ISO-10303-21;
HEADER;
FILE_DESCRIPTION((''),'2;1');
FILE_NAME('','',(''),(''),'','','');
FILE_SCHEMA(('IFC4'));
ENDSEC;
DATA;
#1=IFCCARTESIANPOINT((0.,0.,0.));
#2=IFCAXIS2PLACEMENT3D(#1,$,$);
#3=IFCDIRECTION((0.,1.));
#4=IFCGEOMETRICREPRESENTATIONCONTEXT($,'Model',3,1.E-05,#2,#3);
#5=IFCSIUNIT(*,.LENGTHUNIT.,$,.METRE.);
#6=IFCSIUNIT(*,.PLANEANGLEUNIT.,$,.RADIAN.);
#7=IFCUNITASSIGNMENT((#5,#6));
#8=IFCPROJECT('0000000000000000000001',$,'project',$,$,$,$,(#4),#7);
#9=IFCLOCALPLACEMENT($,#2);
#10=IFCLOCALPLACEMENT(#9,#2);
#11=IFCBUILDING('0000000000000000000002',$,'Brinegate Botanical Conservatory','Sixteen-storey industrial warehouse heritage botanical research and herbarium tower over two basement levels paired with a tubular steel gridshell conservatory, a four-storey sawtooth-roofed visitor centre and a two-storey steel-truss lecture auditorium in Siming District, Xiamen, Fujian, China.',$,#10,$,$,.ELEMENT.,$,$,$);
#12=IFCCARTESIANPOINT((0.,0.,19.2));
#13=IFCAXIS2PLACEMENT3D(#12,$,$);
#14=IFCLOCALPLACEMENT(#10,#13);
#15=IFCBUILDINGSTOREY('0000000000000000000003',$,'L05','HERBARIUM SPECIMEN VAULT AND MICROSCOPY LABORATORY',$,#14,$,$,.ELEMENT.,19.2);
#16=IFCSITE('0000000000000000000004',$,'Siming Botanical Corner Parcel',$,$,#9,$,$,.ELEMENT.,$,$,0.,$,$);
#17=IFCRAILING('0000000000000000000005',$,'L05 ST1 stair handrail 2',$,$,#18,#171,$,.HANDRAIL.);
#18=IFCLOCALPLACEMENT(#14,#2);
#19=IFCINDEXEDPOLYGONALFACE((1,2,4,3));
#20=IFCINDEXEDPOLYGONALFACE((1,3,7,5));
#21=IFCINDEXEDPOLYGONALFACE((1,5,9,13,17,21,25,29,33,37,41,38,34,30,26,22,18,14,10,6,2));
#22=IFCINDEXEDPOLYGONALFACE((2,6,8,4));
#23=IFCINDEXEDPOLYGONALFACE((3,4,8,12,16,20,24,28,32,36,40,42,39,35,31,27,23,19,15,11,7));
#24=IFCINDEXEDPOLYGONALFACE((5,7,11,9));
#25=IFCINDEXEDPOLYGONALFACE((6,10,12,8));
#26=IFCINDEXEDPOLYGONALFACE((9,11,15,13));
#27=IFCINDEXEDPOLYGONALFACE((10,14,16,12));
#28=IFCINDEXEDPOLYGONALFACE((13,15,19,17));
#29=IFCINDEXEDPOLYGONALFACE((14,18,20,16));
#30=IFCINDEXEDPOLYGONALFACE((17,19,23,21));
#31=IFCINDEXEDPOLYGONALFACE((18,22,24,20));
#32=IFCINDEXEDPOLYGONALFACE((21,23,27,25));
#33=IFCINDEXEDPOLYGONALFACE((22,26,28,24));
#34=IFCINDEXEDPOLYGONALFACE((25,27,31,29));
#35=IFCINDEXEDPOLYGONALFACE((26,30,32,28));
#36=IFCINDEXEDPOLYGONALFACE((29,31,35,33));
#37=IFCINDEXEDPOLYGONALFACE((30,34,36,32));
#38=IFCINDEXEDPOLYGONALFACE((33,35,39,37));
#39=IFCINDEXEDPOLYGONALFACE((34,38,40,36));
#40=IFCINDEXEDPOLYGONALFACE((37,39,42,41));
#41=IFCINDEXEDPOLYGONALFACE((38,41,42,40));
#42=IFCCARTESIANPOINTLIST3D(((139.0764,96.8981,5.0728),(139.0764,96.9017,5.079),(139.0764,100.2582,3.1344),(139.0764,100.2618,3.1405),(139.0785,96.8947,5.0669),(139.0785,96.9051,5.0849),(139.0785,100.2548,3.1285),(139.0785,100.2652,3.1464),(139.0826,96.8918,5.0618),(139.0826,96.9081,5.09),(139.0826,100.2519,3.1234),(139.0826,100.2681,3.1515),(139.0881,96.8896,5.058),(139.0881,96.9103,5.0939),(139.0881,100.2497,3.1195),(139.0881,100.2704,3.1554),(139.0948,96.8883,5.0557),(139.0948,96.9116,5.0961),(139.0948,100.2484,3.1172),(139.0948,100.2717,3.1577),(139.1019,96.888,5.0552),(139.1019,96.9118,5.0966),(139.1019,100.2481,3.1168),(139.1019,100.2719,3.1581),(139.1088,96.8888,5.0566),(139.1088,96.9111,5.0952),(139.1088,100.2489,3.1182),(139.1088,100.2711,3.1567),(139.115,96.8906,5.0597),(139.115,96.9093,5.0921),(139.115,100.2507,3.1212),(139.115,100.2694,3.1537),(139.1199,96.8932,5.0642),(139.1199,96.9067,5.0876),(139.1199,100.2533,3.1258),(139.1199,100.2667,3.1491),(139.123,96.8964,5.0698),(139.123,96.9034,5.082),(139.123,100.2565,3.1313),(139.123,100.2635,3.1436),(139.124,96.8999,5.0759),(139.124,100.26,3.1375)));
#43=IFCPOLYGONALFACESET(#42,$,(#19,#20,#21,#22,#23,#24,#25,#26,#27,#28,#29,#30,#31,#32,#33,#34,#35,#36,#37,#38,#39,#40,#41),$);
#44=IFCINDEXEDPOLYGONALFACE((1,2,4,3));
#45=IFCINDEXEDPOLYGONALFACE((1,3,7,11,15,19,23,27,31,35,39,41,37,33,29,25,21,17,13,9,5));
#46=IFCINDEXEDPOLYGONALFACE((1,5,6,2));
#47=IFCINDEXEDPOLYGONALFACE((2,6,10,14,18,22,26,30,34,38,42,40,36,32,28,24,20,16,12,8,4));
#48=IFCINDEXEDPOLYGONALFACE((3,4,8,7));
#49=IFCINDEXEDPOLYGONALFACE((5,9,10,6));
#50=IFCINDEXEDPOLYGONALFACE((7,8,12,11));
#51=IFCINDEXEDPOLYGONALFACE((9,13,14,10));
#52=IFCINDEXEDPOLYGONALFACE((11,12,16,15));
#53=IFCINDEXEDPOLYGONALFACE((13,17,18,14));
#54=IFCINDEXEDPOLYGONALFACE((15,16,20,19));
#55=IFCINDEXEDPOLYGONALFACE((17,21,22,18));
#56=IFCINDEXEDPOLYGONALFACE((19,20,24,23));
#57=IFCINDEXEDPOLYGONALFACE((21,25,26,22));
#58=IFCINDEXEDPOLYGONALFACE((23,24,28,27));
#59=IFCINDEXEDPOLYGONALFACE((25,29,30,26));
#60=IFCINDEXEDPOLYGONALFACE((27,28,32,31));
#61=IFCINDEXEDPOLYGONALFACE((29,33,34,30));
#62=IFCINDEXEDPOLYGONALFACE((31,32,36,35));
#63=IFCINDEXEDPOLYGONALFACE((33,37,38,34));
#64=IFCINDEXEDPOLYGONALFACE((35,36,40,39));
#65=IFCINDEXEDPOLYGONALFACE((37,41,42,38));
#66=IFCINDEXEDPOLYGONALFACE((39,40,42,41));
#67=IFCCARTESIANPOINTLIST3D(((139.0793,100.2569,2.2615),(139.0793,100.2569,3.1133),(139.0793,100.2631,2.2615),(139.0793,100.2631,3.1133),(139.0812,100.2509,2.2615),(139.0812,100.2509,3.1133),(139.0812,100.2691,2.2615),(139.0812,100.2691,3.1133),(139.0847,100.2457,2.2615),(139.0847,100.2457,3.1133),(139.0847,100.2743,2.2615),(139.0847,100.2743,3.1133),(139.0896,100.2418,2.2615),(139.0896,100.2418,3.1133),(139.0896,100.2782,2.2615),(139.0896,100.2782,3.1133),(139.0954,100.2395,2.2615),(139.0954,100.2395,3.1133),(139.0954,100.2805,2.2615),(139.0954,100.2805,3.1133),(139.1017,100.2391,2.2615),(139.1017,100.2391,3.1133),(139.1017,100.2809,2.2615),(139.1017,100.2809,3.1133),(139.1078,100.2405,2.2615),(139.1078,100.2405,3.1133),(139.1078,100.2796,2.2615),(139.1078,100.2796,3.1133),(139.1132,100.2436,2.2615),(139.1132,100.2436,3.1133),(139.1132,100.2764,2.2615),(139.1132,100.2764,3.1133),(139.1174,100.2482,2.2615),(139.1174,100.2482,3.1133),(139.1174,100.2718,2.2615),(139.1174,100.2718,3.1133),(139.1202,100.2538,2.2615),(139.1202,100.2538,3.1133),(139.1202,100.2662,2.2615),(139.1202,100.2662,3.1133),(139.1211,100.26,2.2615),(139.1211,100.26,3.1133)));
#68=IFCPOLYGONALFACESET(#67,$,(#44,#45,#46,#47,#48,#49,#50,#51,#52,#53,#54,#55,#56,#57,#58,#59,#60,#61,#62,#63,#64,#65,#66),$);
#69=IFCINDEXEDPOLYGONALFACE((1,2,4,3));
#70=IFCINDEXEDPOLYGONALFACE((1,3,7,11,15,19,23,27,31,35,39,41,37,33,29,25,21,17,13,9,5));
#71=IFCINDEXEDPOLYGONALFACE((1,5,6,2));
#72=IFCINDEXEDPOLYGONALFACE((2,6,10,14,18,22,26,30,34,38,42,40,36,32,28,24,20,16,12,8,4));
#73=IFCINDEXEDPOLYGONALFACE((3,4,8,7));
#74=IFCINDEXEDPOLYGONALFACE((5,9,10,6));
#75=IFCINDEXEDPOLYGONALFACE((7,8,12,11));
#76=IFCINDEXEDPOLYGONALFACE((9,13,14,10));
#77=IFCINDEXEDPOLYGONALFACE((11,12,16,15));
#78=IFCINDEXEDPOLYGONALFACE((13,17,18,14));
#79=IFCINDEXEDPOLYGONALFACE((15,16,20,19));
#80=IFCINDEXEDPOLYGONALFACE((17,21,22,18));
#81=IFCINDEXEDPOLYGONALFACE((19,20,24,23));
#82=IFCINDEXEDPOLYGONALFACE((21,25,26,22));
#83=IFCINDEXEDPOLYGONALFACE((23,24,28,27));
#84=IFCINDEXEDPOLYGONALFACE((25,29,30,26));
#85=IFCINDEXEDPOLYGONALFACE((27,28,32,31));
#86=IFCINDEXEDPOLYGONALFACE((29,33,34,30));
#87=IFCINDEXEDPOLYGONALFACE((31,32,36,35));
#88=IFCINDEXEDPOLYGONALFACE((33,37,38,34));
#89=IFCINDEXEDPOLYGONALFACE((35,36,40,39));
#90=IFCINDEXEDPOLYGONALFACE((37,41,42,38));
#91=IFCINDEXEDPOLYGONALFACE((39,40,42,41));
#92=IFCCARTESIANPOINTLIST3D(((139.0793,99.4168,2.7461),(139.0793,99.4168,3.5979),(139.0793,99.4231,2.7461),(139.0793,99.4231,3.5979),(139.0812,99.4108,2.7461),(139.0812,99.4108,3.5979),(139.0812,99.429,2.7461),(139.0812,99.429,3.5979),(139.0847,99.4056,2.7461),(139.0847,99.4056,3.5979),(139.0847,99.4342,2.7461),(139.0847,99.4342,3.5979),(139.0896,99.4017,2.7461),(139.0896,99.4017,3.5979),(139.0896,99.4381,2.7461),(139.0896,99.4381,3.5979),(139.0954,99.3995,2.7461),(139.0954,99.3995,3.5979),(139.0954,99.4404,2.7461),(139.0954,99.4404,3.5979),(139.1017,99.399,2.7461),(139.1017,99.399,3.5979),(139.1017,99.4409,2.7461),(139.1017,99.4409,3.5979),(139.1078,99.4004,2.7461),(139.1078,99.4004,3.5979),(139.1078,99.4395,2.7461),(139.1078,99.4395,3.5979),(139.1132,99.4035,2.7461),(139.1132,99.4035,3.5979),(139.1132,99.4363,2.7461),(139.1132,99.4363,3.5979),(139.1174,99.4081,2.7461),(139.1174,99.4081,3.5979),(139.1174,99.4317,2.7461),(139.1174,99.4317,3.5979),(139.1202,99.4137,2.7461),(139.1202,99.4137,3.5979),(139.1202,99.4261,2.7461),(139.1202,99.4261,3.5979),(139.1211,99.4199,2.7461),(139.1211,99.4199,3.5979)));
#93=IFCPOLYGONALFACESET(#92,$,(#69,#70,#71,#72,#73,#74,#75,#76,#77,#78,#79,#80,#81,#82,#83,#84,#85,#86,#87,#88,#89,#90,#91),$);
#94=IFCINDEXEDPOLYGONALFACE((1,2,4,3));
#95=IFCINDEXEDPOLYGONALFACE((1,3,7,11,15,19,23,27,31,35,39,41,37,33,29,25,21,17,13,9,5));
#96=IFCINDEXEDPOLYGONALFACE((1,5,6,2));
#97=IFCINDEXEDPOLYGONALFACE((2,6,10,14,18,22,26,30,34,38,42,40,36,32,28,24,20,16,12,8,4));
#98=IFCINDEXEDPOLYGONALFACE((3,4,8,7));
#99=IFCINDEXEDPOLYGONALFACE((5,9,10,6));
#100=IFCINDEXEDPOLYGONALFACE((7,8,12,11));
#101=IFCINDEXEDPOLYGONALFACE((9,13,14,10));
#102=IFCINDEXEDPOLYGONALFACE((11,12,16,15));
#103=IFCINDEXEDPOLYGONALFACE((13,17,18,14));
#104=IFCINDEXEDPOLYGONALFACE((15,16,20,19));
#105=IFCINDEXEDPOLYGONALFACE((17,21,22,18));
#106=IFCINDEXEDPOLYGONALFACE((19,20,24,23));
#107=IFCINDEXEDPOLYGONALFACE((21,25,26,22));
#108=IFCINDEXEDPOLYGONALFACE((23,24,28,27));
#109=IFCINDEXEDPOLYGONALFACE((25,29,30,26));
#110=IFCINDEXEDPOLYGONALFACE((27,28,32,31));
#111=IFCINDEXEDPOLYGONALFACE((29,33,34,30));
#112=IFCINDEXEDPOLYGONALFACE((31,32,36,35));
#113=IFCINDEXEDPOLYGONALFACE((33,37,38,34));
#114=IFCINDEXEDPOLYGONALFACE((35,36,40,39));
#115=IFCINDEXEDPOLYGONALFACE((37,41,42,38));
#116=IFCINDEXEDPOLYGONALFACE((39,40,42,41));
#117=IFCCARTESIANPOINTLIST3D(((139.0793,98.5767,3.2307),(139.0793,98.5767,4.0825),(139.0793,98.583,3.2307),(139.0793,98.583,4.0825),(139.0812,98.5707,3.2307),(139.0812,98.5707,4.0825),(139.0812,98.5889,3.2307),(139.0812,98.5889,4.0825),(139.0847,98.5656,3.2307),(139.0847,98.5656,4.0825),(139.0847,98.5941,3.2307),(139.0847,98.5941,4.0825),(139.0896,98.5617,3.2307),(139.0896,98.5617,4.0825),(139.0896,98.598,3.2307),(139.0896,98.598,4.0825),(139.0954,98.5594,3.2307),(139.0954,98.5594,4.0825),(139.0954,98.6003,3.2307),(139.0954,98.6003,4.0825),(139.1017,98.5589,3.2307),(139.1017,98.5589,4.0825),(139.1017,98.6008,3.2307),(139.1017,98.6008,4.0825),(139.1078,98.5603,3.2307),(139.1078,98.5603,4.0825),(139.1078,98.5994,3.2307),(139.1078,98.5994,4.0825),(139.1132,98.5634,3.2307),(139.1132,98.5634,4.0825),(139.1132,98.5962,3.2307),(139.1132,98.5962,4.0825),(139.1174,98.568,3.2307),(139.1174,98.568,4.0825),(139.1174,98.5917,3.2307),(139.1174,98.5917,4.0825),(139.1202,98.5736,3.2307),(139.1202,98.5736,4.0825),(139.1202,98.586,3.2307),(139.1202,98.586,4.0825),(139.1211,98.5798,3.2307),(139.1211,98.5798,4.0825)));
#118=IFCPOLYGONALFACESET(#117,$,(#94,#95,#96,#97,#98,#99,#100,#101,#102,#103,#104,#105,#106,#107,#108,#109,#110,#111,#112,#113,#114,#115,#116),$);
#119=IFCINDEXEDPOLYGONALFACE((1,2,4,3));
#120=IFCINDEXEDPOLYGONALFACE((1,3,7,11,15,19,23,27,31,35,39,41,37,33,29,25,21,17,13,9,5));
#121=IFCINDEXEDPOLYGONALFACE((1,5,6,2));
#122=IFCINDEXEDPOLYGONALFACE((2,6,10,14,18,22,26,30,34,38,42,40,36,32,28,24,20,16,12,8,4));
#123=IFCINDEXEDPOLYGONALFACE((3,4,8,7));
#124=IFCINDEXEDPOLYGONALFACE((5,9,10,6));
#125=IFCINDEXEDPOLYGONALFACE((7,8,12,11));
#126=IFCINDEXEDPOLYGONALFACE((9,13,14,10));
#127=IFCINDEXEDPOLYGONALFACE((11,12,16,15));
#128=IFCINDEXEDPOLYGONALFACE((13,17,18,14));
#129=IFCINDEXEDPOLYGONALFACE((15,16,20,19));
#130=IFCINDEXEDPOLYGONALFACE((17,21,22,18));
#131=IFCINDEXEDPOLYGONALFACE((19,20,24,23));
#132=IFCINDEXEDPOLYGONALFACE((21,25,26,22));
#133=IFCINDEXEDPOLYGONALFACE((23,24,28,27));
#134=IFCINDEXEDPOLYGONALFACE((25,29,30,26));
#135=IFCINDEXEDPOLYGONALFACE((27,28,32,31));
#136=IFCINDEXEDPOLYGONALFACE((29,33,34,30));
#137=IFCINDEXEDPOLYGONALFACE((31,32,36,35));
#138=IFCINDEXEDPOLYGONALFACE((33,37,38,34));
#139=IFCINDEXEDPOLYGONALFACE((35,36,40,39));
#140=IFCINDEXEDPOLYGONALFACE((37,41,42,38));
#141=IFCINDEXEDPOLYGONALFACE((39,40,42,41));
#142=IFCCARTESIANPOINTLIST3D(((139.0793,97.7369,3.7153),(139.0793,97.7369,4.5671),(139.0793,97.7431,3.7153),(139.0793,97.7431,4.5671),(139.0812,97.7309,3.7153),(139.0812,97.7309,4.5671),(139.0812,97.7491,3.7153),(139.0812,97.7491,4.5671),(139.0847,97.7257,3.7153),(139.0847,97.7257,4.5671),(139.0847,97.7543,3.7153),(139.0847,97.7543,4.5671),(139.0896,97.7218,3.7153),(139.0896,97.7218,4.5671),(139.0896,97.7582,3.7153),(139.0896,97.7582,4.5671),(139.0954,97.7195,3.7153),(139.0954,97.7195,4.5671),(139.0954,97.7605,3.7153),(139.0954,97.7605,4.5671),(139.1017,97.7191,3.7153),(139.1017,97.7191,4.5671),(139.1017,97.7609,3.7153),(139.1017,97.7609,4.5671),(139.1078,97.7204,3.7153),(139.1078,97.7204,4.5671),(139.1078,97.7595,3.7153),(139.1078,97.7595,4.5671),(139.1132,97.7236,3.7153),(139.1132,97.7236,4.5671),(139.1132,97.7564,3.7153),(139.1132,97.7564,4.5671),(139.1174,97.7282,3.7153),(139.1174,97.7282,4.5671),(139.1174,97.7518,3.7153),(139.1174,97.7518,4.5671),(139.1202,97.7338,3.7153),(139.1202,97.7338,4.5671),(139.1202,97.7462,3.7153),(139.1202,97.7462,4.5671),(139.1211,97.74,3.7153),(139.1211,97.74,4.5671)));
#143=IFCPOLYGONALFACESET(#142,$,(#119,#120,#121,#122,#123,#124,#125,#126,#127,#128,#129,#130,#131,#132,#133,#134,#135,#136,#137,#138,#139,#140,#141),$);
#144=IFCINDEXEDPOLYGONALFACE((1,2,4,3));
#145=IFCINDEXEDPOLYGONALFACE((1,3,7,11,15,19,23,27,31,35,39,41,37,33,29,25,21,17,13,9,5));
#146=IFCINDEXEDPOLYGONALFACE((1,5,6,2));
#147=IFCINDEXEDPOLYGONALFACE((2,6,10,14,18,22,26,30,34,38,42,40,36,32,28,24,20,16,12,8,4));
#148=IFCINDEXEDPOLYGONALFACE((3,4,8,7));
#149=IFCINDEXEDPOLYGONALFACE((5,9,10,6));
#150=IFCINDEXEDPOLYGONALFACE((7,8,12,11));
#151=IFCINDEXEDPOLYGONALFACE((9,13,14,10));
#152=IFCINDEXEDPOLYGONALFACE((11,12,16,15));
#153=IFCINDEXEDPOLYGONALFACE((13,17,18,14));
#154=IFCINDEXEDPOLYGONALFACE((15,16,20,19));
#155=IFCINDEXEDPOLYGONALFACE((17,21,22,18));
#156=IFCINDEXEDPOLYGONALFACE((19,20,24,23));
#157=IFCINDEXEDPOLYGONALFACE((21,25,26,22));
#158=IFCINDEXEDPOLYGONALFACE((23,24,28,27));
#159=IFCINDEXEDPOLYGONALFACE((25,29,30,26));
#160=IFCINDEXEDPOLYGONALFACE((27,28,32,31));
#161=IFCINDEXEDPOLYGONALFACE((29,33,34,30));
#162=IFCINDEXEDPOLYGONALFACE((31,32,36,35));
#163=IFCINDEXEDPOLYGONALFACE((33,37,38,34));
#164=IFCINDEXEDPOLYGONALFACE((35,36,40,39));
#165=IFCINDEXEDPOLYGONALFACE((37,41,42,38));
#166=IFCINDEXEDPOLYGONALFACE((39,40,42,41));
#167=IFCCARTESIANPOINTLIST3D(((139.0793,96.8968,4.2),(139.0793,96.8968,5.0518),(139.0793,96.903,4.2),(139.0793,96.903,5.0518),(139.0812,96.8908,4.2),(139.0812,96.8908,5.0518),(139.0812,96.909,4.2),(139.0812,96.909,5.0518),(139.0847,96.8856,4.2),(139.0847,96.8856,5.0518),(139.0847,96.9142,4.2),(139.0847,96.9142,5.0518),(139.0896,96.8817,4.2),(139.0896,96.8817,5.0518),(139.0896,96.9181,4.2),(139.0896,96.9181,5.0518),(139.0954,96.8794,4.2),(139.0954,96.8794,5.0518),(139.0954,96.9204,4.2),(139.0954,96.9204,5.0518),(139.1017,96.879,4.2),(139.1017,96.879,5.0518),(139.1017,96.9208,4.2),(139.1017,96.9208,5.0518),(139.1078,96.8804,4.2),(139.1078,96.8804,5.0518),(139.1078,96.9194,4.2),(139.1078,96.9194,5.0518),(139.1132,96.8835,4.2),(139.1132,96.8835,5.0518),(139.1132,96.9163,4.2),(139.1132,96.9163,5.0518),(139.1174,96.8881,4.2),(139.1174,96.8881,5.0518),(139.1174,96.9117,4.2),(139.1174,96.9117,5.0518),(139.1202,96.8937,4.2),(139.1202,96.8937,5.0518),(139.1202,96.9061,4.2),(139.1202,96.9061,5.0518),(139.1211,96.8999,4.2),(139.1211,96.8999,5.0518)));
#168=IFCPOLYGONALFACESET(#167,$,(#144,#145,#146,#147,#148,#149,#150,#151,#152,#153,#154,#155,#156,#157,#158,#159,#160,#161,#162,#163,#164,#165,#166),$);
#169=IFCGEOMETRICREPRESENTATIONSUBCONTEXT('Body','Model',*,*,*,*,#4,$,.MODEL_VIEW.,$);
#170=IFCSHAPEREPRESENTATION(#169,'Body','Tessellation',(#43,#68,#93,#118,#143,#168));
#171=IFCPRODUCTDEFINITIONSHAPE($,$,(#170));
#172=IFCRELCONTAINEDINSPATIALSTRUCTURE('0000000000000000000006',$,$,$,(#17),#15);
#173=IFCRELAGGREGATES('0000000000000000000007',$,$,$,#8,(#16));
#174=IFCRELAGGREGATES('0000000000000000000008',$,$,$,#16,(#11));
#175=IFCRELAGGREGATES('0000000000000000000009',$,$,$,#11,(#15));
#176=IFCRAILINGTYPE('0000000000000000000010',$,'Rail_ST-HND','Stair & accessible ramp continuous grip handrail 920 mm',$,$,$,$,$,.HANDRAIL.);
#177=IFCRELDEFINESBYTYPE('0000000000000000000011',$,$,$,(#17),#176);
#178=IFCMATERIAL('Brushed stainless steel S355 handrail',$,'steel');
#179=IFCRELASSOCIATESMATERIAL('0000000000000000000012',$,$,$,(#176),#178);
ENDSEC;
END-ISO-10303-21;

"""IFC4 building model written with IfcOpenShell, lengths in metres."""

from ifc_helpers import new_model, si_unit, direction, frame, origin, origin_2d, place, context, subcontext, project, spatial, circle, extrude, material, type_object, element, save


model = new_model("IFC4")

# Units and contexts
model_context = context("Model", 3, precision=1e-05, world=origin(), true_north=direction((0.0, 1.0)))
body_context = subcontext(model_context, "Body", "Model", "MODEL_VIEW")
ifc_project = project(units=[si_unit("LENGTHUNIT", "METRE"), si_unit("PLANEANGLEUNIT", "RADIAN")], contexts=[model_context])

# Site, building, storey
site_placement = place(None, origin())
site = spatial("IfcSite", under=ifc_project, at=site_placement, Name="Siming Botanical Corner Parcel", CompositionType="ELEMENT", RefElevation=0.0)
building_placement = place(site_placement, origin())
building = spatial("IfcBuilding", under=site, at=building_placement, Name="Brinegate Botanical Conservatory", Description="Sixteen-storey industrial warehouse heritage botanical research and herbarium tower over two basement levels paired with a tubular steel gridshell conservatory, a four-storey sawtooth-roofed visitor centre and a two-storey steel-truss lecture auditorium in Siming District, Xiamen, Fujian, China.", CompositionType="ELEMENT")
storey_placement = place(building_placement, frame((0.0, 0.0, 19.2)))
storey = spatial("IfcBuildingStorey", under=building, at=storey_placement, Name="L05", Description="HERBARIUM SPECIMEN VAULT AND MICROSCOPY LABORATORY", CompositionType="ELEMENT", Elevation=19.2)

# Railing
ifc_material_1 = material(Name="Brushed stainless steel S355 handrail", Category="steel")
railing_type_1 = type_object("IfcRailingType", Name="Rail_ST-HND", Description="Stair & accessible ramp continuous grip handrail 920 mm", PredefinedType="HANDRAIL", material=ifc_material_1)
railing_1_placement = place(storey_placement, frame((139.1001, 100.26, 2.2615)))
element("IfcRailing", 1, at=railing_1_placement, inside=storey, type_object=railing_type_1, Name="L05 ST1 stair handrail 2", PredefinedType="HANDRAIL", context=body_context, shape_type="SweptSolid", body=[
    extrude(circle(Radius=0.0239, at=origin_2d()), frame((0.0, 0.0, 0.876), z_axis=(0.0, -0.866191, 0.499713), x_axis=(1.0, 0.0, 0.0)), (0.0, 0.0, 1.0), 3.8792),
    extrude(circle(Radius=0.021, at=origin_2d()), origin(), (0.0, 0.0, 1.0), 0.8518),
    extrude(circle(Radius=0.021, at=origin_2d()), frame((0.0, -0.8401, 0.4846)), (0.0, 0.0, 1.0), 0.8518),
    extrude(circle(Radius=0.021, at=origin_2d()), frame((0.0, -1.6802, 0.9692)), (0.0, 0.0, 1.0), 0.8518),
    extrude(circle(Radius=0.021, at=origin_2d()), frame((0.0, -2.52, 1.4539)), (0.0, 0.0, 1.0), 0.8518),
    extrude(circle(Radius=0.021, at=origin_2d()), frame((0.0, -3.3601, 1.9385)), (0.0, 0.0, 1.0), 0.8518),
])

save(model, "model.ifc")
